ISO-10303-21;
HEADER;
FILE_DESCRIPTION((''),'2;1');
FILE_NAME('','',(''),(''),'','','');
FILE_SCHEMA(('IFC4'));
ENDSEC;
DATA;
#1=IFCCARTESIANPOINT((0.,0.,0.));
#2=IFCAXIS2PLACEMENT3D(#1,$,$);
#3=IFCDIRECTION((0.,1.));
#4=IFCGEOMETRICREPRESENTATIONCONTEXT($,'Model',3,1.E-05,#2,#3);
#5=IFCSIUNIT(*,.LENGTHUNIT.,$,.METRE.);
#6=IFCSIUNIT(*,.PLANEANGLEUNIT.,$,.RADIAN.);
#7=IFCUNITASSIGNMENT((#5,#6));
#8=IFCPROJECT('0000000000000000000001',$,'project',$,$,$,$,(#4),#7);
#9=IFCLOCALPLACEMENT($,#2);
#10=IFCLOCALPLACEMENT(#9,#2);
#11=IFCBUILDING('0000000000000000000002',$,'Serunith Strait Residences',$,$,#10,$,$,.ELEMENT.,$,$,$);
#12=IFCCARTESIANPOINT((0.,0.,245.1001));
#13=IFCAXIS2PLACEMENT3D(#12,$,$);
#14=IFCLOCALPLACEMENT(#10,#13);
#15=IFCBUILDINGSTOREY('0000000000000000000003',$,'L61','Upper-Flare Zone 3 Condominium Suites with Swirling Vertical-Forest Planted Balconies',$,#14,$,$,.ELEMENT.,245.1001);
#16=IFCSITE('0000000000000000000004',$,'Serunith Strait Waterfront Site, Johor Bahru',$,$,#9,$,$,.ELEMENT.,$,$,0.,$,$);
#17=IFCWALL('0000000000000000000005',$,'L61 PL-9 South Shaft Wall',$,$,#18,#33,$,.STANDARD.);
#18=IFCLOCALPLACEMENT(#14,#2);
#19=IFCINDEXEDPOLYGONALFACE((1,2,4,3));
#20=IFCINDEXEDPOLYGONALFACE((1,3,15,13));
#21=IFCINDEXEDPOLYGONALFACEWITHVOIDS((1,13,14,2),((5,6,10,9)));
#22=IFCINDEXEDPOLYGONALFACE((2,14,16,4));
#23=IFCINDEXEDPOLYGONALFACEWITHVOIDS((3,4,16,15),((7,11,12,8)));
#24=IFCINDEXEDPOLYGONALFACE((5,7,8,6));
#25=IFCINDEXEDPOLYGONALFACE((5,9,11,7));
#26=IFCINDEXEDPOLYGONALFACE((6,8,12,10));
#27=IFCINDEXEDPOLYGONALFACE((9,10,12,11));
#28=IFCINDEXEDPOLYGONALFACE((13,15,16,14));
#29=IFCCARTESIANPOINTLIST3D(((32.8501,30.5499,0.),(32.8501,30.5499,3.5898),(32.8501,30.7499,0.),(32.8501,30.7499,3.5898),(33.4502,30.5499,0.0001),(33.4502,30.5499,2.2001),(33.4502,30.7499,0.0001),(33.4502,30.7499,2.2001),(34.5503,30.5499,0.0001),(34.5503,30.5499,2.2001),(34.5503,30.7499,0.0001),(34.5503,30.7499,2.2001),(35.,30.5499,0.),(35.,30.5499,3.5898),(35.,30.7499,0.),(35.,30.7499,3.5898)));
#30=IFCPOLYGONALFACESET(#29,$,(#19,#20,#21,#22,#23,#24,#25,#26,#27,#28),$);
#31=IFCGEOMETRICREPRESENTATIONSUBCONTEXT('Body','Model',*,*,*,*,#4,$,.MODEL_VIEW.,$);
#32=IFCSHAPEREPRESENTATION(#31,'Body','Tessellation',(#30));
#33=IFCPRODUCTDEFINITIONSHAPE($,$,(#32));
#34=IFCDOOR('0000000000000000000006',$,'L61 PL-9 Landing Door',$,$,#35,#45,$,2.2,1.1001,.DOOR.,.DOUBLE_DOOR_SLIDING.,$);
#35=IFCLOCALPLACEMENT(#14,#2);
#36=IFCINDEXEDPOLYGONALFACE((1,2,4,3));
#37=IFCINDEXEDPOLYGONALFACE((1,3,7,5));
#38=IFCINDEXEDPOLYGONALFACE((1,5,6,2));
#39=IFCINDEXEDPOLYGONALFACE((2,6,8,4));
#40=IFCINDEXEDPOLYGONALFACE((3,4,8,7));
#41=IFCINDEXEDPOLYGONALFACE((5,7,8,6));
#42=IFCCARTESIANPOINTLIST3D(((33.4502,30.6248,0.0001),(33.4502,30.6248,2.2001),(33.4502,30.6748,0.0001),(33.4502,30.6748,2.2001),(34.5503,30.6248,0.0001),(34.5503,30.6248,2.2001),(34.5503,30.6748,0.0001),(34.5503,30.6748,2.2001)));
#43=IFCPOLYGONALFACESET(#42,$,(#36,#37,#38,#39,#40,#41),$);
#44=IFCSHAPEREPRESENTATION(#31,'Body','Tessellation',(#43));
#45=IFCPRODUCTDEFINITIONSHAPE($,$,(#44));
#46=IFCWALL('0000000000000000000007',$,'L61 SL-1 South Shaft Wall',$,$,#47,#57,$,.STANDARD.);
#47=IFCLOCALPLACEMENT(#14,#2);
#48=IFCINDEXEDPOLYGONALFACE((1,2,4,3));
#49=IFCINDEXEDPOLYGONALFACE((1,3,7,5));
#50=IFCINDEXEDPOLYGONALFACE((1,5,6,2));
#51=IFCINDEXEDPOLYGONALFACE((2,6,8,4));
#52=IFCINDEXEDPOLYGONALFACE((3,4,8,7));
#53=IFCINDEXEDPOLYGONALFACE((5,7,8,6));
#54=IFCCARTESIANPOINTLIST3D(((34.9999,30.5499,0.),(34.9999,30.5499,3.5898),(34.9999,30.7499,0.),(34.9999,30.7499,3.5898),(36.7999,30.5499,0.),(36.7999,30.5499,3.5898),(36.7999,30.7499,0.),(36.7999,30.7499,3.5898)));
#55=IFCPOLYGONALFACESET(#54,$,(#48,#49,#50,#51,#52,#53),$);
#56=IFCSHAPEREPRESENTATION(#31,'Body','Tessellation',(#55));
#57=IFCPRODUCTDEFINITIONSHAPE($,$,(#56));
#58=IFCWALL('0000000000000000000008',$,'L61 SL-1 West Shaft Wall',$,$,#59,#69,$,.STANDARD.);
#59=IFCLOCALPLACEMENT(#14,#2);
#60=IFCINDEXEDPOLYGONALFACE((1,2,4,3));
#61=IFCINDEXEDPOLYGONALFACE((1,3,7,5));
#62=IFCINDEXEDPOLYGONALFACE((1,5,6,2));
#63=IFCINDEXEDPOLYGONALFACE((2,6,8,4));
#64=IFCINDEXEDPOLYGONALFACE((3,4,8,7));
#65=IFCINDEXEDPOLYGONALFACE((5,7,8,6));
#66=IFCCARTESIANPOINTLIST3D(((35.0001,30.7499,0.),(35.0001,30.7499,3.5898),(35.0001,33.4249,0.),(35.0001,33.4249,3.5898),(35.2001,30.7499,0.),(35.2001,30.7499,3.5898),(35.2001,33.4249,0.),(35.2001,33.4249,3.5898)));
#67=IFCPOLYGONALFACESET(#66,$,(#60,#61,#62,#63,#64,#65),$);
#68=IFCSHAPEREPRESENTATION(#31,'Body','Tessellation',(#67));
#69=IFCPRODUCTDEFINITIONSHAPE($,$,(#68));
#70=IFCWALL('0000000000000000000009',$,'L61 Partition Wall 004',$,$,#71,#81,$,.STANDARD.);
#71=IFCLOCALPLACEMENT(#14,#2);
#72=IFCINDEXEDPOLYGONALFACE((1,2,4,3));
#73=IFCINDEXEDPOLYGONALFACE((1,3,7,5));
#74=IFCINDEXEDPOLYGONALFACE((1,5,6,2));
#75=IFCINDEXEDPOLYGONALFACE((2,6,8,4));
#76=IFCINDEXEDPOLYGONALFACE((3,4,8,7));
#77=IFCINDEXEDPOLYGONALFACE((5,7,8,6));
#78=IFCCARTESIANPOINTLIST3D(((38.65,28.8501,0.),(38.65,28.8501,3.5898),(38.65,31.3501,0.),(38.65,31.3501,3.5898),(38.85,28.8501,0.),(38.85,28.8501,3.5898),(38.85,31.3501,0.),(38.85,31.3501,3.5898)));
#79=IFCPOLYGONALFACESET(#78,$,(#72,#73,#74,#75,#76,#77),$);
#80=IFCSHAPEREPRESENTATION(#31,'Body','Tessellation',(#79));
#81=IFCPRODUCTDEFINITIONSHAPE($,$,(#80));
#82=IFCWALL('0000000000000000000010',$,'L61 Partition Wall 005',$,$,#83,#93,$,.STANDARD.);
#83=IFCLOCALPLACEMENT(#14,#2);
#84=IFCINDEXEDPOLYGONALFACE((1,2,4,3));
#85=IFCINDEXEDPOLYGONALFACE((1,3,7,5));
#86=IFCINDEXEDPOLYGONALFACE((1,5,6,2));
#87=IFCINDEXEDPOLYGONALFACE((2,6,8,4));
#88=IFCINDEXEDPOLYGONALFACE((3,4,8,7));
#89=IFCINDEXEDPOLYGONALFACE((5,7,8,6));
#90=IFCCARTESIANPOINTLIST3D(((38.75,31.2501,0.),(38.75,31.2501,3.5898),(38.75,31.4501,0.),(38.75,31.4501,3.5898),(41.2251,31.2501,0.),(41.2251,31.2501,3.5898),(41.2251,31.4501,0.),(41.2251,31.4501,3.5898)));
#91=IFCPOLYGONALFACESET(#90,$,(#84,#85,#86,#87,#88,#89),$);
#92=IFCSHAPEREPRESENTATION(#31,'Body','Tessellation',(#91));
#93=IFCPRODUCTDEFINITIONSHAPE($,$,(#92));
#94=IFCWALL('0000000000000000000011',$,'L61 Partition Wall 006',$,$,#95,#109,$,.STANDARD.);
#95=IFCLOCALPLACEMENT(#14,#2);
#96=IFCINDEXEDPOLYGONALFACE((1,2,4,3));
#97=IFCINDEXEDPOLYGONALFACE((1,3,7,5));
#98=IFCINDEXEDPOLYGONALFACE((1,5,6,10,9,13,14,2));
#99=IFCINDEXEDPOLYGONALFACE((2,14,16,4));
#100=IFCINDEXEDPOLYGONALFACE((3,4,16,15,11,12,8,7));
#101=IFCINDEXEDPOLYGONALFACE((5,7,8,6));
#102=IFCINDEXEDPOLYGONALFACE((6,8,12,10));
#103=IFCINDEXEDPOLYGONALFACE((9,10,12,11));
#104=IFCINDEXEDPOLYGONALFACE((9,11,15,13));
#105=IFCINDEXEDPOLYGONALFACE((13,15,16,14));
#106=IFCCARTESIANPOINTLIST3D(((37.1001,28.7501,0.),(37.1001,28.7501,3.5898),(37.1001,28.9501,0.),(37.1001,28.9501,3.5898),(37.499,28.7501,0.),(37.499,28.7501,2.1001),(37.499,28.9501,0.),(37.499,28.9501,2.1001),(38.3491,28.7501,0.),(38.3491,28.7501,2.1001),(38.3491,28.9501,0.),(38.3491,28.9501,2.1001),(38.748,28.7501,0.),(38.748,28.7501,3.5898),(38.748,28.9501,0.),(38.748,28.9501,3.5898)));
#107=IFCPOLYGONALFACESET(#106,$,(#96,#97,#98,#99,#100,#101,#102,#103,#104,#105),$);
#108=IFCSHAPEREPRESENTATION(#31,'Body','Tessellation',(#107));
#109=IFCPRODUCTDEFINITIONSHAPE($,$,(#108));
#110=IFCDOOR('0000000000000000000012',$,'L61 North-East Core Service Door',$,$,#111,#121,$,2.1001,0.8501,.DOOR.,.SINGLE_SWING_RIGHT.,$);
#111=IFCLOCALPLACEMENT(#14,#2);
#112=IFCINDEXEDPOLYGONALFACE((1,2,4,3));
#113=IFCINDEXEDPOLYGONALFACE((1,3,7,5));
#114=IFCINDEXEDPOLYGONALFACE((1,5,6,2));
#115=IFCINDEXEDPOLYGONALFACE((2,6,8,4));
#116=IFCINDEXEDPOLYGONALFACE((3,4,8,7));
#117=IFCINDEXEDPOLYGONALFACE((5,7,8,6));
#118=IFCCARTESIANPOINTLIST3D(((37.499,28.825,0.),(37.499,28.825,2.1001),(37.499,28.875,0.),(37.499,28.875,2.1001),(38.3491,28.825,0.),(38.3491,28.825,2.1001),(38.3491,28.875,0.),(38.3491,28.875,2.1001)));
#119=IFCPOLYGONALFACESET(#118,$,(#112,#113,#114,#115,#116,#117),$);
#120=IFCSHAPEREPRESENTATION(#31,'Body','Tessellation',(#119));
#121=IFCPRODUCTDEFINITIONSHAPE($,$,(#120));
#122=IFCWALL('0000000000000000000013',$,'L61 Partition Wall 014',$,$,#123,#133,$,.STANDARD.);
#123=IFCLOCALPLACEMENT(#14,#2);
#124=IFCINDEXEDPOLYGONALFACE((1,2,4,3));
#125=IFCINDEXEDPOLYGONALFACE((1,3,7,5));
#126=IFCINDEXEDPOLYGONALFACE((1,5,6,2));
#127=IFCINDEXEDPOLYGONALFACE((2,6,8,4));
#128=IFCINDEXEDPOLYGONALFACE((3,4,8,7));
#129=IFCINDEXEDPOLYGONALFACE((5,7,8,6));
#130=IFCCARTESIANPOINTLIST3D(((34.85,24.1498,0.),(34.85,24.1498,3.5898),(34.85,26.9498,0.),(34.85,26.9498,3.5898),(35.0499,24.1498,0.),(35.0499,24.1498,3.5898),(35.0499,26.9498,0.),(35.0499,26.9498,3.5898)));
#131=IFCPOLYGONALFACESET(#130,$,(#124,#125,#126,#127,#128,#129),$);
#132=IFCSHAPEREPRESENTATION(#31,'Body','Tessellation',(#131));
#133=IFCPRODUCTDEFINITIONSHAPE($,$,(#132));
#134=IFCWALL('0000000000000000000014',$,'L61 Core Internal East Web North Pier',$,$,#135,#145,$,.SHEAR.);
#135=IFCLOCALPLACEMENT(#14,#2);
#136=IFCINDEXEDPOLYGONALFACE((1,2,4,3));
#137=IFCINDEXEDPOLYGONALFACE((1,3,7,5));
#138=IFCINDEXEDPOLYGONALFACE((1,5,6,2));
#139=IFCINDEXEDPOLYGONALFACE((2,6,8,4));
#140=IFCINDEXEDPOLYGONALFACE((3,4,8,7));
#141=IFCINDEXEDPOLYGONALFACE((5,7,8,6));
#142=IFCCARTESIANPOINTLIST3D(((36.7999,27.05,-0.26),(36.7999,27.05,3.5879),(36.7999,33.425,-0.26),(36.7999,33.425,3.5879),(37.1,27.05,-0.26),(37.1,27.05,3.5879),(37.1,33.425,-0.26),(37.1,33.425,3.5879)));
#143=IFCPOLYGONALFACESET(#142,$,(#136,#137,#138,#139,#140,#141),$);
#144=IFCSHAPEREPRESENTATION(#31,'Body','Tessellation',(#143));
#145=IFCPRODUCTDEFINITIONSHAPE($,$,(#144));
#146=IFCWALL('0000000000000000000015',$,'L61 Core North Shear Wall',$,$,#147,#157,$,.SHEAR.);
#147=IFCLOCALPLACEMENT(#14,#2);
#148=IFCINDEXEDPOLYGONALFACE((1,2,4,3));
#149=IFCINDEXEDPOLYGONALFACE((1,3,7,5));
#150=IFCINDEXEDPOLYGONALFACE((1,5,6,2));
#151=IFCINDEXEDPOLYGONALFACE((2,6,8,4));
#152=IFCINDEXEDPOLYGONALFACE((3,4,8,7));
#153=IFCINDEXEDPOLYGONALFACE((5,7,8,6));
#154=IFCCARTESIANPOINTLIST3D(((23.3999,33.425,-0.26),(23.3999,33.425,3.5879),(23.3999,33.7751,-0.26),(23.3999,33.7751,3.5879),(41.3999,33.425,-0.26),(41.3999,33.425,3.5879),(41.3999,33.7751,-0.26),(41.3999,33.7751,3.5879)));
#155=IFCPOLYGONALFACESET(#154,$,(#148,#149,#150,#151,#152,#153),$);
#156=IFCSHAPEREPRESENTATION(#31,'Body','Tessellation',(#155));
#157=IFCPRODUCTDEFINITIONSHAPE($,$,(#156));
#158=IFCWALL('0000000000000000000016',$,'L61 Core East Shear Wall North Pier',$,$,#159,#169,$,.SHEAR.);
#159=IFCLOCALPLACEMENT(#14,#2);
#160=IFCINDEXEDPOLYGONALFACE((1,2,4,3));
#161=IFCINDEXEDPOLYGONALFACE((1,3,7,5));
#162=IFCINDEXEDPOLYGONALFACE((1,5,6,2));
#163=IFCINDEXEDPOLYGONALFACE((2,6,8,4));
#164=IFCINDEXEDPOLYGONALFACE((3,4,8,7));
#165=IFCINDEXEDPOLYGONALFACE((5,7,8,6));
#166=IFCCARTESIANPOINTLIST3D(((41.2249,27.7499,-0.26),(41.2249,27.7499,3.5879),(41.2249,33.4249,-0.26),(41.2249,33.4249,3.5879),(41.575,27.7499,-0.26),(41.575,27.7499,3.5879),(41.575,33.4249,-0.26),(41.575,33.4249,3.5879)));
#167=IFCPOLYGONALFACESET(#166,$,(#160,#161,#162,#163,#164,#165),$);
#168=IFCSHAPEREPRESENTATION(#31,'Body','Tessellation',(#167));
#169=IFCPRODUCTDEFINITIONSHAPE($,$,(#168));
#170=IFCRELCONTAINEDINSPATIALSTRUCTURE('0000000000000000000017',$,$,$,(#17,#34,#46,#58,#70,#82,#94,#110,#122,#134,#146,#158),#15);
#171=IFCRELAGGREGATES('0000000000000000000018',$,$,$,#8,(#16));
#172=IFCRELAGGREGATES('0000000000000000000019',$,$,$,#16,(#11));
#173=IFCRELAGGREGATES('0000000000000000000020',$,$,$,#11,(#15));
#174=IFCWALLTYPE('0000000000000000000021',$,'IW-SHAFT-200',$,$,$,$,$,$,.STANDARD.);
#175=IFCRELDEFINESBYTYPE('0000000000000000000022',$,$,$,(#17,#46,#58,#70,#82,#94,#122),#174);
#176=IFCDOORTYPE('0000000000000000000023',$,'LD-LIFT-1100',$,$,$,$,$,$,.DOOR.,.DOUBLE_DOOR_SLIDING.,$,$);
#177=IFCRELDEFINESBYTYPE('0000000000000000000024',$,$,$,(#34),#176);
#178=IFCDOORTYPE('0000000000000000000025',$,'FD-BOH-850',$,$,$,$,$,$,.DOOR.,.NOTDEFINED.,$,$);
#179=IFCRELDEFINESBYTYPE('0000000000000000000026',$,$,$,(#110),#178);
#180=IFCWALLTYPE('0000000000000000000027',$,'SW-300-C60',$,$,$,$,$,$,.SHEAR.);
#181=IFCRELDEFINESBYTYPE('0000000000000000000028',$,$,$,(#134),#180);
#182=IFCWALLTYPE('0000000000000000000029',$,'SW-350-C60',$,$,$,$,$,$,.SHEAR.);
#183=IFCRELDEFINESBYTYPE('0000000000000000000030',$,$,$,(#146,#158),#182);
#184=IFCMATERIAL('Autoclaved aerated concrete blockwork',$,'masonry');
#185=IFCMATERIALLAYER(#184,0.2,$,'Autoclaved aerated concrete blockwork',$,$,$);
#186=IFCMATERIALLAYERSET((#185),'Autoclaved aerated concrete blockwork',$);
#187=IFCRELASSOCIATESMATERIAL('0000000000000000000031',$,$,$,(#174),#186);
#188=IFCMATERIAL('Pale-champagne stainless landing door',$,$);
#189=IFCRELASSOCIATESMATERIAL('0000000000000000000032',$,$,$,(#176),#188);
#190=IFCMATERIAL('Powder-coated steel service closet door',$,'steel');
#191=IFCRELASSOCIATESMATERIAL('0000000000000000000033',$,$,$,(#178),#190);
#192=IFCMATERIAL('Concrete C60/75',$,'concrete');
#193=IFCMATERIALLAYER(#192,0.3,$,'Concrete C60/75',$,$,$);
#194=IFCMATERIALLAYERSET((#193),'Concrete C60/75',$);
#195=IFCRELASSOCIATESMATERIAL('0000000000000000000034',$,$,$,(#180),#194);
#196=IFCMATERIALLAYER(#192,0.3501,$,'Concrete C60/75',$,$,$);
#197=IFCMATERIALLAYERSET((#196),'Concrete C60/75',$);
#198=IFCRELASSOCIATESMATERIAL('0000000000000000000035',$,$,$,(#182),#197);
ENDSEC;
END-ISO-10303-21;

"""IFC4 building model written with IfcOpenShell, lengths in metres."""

from ifc_helpers import new_model, si_unit, direction, frame, frame_2d, origin, place, context, subcontext, project, spatial, rectangle, extrude, source, transform, mapped, material, layer, layer_set, type_object, element, fill, save


model = new_model("IFC4")

# Units and contexts
model_context = context("Model", 3, precision=1e-05, world=origin(), true_north=direction((0.0, 1.0)))
body_context = subcontext(model_context, "Body", "Model", "MODEL_VIEW")
ifc_project = project(units=[si_unit("LENGTHUNIT", "METRE"), si_unit("PLANEANGLEUNIT", "RADIAN")], contexts=[model_context])

# Site, building, storey
site_placement = place(None, origin())
site = spatial("IfcSite", under=ifc_project, at=site_placement, Name="Serunith Strait Waterfront Site, Johor Bahru", CompositionType="ELEMENT", RefElevation=0.0)
building_placement = place(site_placement, origin())
building = spatial("IfcBuilding", under=site, at=building_placement, Name="Serunith Strait Residences", CompositionType="ELEMENT")
storey_placement = place(building_placement, frame((0.0, 0.0, 245.1001)))
storey = spatial("IfcBuildingStorey", under=building, at=storey_placement, Name="L61", Description="Upper-Flare Zone 3 Condominium Suites with Swirling Vertical-Forest Planted Balconies", CompositionType="ELEMENT", Elevation=245.1001)

# Wall, opening, door
ifc_material_1 = material(Name="Autoclaved aerated concrete blockwork", Category="masonry")
ifc_layer_1 = layer(ifc_material_1, 0.2, Name="Autoclaved aerated concrete blockwork")
ifc_layer_set_1 = layer_set([ifc_layer_1], Name="Autoclaved aerated concrete blockwork")
wall_type_1 = type_object("IfcWallType", Name="IW-SHAFT-200", PredefinedType="STANDARD", material=ifc_layer_set_1)
wall_1_placement = place(storey_placement, frame((32.8501, 30.6499, 0.0), z_axis=(0.0, 0.0, 1.0), x_axis=(1.0, 0.0, 0.0)))
wall_1 = element("IfcWall", 1, at=wall_1_placement, inside=storey, type_object=wall_type_1, Name="L61 PL-9 South Shaft Wall", PredefinedType="STANDARD", context=body_context, shape_type="SweptSolid", body=[
    extrude(rectangle(XDim=2.1499, YDim=0.2, at=frame_2d((1.075, 0.0))), origin(), (0.0, 0.0, 1.0), 3.5898),
])
opening_1_placement = place(wall_1_placement, frame((0.6001, 0.0, 0.0)))
opening_1 = element("IfcOpeningElement", 2, at=opening_1_placement, cuts=wall_1, PredefinedType="OPENING", context=body_context, shape_type="SweptSolid", body=[
    extrude(rectangle(XDim=1.1001, YDim=2.2, at=frame_2d((0.55, 1.1001))), frame((0.0, 0.1099, 0.0), z_axis=(0.0, -1.0, 0.0), x_axis=(1.0, 0.0, 0.0)), (0.0, 0.0, 1.0), 0.22),
])
ifc_material_2 = material(Name="Pale-champagne stainless landing door")
door_type_1 = type_object("IfcDoorType", Name="LD-LIFT-1100", OperationType="DOUBLE_DOOR_SLIDING", PredefinedType="DOOR", material=ifc_material_2)
shared_shape_1 = source(origin(), body_context, "Body", "SweptSolid", [
    extrude(rectangle(XDim=1.1001, YDim=2.2, at=frame_2d((0.55, 1.1001))), frame((0.0, 0.0249, 0.0), z_axis=(0.0, -1.0, 0.0), x_axis=(1.0, 0.0, 0.0)), (0.0, 0.0, 1.0), 0.05),
])
door_1_placement = place(opening_1_placement, origin())
door_1 = element("IfcDoor", 3, at=door_1_placement, inside=storey, type_object=door_type_1, Name="L61 PL-9 Landing Door", OperationType="DOUBLE_DOOR_SLIDING", OverallHeight=2.2, OverallWidth=1.1001, PredefinedType="DOOR", context=body_context, shape_type="MappedRepresentation", body=[
    mapped(shared_shape_1, transform((0.0, 0.0, 0.0), scale=1.0)),
])
fill(opening_1, door_1)

# Walls
wall_2_placement = place(storey_placement, frame((35.0, 30.6499, 0.0), z_axis=(0.0, 0.0, 1.0), x_axis=(1.0, 0.0, 0.0)))
element("IfcWall", 4, at=wall_2_placement, inside=storey, type_object=wall_type_1, Name="L61 SL-1 South Shaft Wall", PredefinedType="STANDARD", context=body_context, shape_type="SweptSolid", body=[
    extrude(rectangle(XDim=1.8, YDim=0.2, at=frame_2d((0.8999, 0.0))), origin(), (0.0, 0.0, 1.0), 3.5898),
])
wall_3_placement = place(storey_placement, frame((35.1001, 30.75, 0.0), z_axis=(0.0, 0.0, 1.0), x_axis=(0.0, 1.0, 0.0)))
element("IfcWall", 5, at=wall_3_placement, inside=storey, type_object=wall_type_1, Name="L61 SL-1 West Shaft Wall", PredefinedType="STANDARD", context=body_context, shape_type="SweptSolid", body=[
    extrude(rectangle(XDim=2.675, YDim=0.2, at=frame_2d((1.3374, 0.0))), origin(), (0.0, 0.0, 1.0), 3.5898),
])
wall_4_placement = place(storey_placement, frame((38.75, 28.8501, 0.0), z_axis=(0.0, 0.0, 1.0), x_axis=(0.0, 1.0, 0.0)))
element("IfcWall", 6, at=wall_4_placement, inside=storey, type_object=wall_type_1, Name="L61 Partition Wall 004", PredefinedType="STANDARD", context=body_context, shape_type="SweptSolid", body=[
    extrude(rectangle(XDim=2.5, YDim=0.2, at=frame_2d((1.25, 0.0))), origin(), (0.0, 0.0, 1.0), 3.5898),
])
wall_5_placement = place(storey_placement, frame((38.75, 31.3501, 0.0), z_axis=(0.0, 0.0, 1.0), x_axis=(1.0, 0.0, 0.0)))
element("IfcWall", 7, at=wall_5_placement, inside=storey, type_object=wall_type_1, Name="L61 Partition Wall 005", PredefinedType="STANDARD", context=body_context, shape_type="SweptSolid", body=[
    extrude(rectangle(XDim=2.4751, YDim=0.2, at=frame_2d((1.2375, 0.0))), origin(), (0.0, 0.0, 1.0), 3.5898),
])

# Wall, opening, door
wall_6_placement = place(storey_placement, frame((37.1001, 28.8501, 0.0), z_axis=(0.0, 0.0, 1.0), x_axis=(1.0, 0.0, 0.0)))
wall_6 = element("IfcWall", 8, at=wall_6_placement, inside=storey, type_object=wall_type_1, Name="L61 Partition Wall 006", PredefinedType="STANDARD", context=body_context, shape_type="SweptSolid", body=[
    extrude(rectangle(XDim=1.6479, YDim=0.2, at=frame_2d((0.824, 0.0))), origin(), (0.0, 0.0, 1.0), 3.5898),
])
opening_2_placement = place(wall_6_placement, frame((0.3989, 0.0, 0.0)))
opening_2 = element("IfcOpeningElement", 9, at=opening_2_placement, cuts=wall_6, PredefinedType="OPENING", context=body_context, shape_type="SweptSolid", body=[
    extrude(rectangle(XDim=0.8501, YDim=2.1001, at=frame_2d((0.425, 1.05))), frame((0.0, 0.1099, 0.0), z_axis=(0.0, -1.0, 0.0), x_axis=(1.0, 0.0, 0.0)), (0.0, 0.0, 1.0), 0.22),
])
ifc_material_3 = material(Name="Powder-coated steel service closet door", Category="steel")
door_type_2 = type_object("IfcDoorType", Name="FD-BOH-850", OperationType="NOTDEFINED", PredefinedType="DOOR", material=ifc_material_3)
shared_shape_2 = source(origin(), body_context, "Body", "SweptSolid", [
    extrude(rectangle(XDim=0.8501, YDim=2.1001, at=frame_2d((0.425, 1.05))), frame((0.0, 0.0249, 0.0), z_axis=(0.0, -1.0, 0.0), x_axis=(1.0, 0.0, 0.0)), (0.0, 0.0, 1.0), 0.05),
])
door_2_placement = place(opening_2_placement, origin())
door_2 = element("IfcDoor", 10, at=door_2_placement, inside=storey, type_object=door_type_2, Name="L61 North-East Core Service Door", OperationType="SINGLE_SWING_RIGHT", OverallHeight=2.1001, OverallWidth=0.8501, PredefinedType="DOOR", context=body_context, shape_type="MappedRepresentation", body=[
    mapped(shared_shape_2, transform((0.0, 0.0, 0.0), scale=1.0)),
])
fill(opening_2, door_2)

# Walls
wall_7_placement = place(storey_placement, frame((34.95, 24.1499, 0.0), z_axis=(0.0, 0.0, 1.0), x_axis=(0.0, 1.0, 0.0)))
element("IfcWall", 11, at=wall_7_placement, inside=storey, type_object=wall_type_1, Name="L61 Partition Wall 014", PredefinedType="STANDARD", context=body_context, shape_type="SweptSolid", body=[
    extrude(rectangle(XDim=2.8, YDim=0.2, at=frame_2d((1.3999, 0.0))), origin(), (0.0, 0.0, 1.0), 3.5898),
])
ifc_material_4 = material(Name="Concrete C60/75", Category="concrete")
ifc_layer_2 = layer(ifc_material_4, 0.3, Name="Concrete C60/75")
ifc_layer_set_2 = layer_set([ifc_layer_2], Name="Concrete C60/75")
wall_type_2 = type_object("IfcWallType", Name="SW-300-C60", PredefinedType="SHEAR", material=ifc_layer_set_2)
wall_8_placement = place(storey_placement, frame((36.95, 27.05, -0.26), z_axis=(0.0, 0.0, 1.0), x_axis=(0.0, 1.0, 0.0)))
element("IfcWall", 12, at=wall_8_placement, inside=storey, type_object=wall_type_2, Name="L61 Core Internal East Web North Pier", PredefinedType="SHEAR", context=body_context, shape_type="SweptSolid", body=[
    extrude(rectangle(XDim=6.375, YDim=0.3, at=frame_2d((3.1875, 0.0))), origin(), (0.0, 0.0, 1.0), 3.8479),
])
ifc_layer_3 = layer(ifc_material_4, 0.3501, Name="Concrete C60/75")
ifc_layer_set_3 = layer_set([ifc_layer_3], Name="Concrete C60/75")
wall_type_3 = type_object("IfcWallType", Name="SW-350-C60", PredefinedType="SHEAR", material=ifc_layer_set_3)
wall_9_placement = place(storey_placement, frame((41.3999, 33.6001, -0.26), z_axis=(0.0, 0.0, 1.0), x_axis=(-1.0, 0.0, 0.0)))
element("IfcWall", 13, at=wall_9_placement, inside=storey, type_object=wall_type_3, Name="L61 Core North Shear Wall", PredefinedType="SHEAR", context=body_context, shape_type="SweptSolid", body=[
    extrude(rectangle(XDim=18.0, YDim=0.3501, at=frame_2d((9.0, 0.0))), origin(), (0.0, 0.0, 1.0), 3.8479),
])
wall_10_placement = place(storey_placement, frame((41.3999, 27.75, -0.26), z_axis=(0.0, 0.0, 1.0), x_axis=(0.0, 1.0, 0.0)))
element("IfcWall", 14, at=wall_10_placement, inside=storey, type_object=wall_type_3, Name="L61 Core East Shear Wall North Pier", PredefinedType="SHEAR", context=body_context, shape_type="SweptSolid", body=[
    extrude(rectangle(XDim=5.675, YDim=0.3501, at=frame_2d((2.8374, 0.0))), origin(), (0.0, 0.0, 1.0), 3.8479),
])

save(model, "model.ifc")
